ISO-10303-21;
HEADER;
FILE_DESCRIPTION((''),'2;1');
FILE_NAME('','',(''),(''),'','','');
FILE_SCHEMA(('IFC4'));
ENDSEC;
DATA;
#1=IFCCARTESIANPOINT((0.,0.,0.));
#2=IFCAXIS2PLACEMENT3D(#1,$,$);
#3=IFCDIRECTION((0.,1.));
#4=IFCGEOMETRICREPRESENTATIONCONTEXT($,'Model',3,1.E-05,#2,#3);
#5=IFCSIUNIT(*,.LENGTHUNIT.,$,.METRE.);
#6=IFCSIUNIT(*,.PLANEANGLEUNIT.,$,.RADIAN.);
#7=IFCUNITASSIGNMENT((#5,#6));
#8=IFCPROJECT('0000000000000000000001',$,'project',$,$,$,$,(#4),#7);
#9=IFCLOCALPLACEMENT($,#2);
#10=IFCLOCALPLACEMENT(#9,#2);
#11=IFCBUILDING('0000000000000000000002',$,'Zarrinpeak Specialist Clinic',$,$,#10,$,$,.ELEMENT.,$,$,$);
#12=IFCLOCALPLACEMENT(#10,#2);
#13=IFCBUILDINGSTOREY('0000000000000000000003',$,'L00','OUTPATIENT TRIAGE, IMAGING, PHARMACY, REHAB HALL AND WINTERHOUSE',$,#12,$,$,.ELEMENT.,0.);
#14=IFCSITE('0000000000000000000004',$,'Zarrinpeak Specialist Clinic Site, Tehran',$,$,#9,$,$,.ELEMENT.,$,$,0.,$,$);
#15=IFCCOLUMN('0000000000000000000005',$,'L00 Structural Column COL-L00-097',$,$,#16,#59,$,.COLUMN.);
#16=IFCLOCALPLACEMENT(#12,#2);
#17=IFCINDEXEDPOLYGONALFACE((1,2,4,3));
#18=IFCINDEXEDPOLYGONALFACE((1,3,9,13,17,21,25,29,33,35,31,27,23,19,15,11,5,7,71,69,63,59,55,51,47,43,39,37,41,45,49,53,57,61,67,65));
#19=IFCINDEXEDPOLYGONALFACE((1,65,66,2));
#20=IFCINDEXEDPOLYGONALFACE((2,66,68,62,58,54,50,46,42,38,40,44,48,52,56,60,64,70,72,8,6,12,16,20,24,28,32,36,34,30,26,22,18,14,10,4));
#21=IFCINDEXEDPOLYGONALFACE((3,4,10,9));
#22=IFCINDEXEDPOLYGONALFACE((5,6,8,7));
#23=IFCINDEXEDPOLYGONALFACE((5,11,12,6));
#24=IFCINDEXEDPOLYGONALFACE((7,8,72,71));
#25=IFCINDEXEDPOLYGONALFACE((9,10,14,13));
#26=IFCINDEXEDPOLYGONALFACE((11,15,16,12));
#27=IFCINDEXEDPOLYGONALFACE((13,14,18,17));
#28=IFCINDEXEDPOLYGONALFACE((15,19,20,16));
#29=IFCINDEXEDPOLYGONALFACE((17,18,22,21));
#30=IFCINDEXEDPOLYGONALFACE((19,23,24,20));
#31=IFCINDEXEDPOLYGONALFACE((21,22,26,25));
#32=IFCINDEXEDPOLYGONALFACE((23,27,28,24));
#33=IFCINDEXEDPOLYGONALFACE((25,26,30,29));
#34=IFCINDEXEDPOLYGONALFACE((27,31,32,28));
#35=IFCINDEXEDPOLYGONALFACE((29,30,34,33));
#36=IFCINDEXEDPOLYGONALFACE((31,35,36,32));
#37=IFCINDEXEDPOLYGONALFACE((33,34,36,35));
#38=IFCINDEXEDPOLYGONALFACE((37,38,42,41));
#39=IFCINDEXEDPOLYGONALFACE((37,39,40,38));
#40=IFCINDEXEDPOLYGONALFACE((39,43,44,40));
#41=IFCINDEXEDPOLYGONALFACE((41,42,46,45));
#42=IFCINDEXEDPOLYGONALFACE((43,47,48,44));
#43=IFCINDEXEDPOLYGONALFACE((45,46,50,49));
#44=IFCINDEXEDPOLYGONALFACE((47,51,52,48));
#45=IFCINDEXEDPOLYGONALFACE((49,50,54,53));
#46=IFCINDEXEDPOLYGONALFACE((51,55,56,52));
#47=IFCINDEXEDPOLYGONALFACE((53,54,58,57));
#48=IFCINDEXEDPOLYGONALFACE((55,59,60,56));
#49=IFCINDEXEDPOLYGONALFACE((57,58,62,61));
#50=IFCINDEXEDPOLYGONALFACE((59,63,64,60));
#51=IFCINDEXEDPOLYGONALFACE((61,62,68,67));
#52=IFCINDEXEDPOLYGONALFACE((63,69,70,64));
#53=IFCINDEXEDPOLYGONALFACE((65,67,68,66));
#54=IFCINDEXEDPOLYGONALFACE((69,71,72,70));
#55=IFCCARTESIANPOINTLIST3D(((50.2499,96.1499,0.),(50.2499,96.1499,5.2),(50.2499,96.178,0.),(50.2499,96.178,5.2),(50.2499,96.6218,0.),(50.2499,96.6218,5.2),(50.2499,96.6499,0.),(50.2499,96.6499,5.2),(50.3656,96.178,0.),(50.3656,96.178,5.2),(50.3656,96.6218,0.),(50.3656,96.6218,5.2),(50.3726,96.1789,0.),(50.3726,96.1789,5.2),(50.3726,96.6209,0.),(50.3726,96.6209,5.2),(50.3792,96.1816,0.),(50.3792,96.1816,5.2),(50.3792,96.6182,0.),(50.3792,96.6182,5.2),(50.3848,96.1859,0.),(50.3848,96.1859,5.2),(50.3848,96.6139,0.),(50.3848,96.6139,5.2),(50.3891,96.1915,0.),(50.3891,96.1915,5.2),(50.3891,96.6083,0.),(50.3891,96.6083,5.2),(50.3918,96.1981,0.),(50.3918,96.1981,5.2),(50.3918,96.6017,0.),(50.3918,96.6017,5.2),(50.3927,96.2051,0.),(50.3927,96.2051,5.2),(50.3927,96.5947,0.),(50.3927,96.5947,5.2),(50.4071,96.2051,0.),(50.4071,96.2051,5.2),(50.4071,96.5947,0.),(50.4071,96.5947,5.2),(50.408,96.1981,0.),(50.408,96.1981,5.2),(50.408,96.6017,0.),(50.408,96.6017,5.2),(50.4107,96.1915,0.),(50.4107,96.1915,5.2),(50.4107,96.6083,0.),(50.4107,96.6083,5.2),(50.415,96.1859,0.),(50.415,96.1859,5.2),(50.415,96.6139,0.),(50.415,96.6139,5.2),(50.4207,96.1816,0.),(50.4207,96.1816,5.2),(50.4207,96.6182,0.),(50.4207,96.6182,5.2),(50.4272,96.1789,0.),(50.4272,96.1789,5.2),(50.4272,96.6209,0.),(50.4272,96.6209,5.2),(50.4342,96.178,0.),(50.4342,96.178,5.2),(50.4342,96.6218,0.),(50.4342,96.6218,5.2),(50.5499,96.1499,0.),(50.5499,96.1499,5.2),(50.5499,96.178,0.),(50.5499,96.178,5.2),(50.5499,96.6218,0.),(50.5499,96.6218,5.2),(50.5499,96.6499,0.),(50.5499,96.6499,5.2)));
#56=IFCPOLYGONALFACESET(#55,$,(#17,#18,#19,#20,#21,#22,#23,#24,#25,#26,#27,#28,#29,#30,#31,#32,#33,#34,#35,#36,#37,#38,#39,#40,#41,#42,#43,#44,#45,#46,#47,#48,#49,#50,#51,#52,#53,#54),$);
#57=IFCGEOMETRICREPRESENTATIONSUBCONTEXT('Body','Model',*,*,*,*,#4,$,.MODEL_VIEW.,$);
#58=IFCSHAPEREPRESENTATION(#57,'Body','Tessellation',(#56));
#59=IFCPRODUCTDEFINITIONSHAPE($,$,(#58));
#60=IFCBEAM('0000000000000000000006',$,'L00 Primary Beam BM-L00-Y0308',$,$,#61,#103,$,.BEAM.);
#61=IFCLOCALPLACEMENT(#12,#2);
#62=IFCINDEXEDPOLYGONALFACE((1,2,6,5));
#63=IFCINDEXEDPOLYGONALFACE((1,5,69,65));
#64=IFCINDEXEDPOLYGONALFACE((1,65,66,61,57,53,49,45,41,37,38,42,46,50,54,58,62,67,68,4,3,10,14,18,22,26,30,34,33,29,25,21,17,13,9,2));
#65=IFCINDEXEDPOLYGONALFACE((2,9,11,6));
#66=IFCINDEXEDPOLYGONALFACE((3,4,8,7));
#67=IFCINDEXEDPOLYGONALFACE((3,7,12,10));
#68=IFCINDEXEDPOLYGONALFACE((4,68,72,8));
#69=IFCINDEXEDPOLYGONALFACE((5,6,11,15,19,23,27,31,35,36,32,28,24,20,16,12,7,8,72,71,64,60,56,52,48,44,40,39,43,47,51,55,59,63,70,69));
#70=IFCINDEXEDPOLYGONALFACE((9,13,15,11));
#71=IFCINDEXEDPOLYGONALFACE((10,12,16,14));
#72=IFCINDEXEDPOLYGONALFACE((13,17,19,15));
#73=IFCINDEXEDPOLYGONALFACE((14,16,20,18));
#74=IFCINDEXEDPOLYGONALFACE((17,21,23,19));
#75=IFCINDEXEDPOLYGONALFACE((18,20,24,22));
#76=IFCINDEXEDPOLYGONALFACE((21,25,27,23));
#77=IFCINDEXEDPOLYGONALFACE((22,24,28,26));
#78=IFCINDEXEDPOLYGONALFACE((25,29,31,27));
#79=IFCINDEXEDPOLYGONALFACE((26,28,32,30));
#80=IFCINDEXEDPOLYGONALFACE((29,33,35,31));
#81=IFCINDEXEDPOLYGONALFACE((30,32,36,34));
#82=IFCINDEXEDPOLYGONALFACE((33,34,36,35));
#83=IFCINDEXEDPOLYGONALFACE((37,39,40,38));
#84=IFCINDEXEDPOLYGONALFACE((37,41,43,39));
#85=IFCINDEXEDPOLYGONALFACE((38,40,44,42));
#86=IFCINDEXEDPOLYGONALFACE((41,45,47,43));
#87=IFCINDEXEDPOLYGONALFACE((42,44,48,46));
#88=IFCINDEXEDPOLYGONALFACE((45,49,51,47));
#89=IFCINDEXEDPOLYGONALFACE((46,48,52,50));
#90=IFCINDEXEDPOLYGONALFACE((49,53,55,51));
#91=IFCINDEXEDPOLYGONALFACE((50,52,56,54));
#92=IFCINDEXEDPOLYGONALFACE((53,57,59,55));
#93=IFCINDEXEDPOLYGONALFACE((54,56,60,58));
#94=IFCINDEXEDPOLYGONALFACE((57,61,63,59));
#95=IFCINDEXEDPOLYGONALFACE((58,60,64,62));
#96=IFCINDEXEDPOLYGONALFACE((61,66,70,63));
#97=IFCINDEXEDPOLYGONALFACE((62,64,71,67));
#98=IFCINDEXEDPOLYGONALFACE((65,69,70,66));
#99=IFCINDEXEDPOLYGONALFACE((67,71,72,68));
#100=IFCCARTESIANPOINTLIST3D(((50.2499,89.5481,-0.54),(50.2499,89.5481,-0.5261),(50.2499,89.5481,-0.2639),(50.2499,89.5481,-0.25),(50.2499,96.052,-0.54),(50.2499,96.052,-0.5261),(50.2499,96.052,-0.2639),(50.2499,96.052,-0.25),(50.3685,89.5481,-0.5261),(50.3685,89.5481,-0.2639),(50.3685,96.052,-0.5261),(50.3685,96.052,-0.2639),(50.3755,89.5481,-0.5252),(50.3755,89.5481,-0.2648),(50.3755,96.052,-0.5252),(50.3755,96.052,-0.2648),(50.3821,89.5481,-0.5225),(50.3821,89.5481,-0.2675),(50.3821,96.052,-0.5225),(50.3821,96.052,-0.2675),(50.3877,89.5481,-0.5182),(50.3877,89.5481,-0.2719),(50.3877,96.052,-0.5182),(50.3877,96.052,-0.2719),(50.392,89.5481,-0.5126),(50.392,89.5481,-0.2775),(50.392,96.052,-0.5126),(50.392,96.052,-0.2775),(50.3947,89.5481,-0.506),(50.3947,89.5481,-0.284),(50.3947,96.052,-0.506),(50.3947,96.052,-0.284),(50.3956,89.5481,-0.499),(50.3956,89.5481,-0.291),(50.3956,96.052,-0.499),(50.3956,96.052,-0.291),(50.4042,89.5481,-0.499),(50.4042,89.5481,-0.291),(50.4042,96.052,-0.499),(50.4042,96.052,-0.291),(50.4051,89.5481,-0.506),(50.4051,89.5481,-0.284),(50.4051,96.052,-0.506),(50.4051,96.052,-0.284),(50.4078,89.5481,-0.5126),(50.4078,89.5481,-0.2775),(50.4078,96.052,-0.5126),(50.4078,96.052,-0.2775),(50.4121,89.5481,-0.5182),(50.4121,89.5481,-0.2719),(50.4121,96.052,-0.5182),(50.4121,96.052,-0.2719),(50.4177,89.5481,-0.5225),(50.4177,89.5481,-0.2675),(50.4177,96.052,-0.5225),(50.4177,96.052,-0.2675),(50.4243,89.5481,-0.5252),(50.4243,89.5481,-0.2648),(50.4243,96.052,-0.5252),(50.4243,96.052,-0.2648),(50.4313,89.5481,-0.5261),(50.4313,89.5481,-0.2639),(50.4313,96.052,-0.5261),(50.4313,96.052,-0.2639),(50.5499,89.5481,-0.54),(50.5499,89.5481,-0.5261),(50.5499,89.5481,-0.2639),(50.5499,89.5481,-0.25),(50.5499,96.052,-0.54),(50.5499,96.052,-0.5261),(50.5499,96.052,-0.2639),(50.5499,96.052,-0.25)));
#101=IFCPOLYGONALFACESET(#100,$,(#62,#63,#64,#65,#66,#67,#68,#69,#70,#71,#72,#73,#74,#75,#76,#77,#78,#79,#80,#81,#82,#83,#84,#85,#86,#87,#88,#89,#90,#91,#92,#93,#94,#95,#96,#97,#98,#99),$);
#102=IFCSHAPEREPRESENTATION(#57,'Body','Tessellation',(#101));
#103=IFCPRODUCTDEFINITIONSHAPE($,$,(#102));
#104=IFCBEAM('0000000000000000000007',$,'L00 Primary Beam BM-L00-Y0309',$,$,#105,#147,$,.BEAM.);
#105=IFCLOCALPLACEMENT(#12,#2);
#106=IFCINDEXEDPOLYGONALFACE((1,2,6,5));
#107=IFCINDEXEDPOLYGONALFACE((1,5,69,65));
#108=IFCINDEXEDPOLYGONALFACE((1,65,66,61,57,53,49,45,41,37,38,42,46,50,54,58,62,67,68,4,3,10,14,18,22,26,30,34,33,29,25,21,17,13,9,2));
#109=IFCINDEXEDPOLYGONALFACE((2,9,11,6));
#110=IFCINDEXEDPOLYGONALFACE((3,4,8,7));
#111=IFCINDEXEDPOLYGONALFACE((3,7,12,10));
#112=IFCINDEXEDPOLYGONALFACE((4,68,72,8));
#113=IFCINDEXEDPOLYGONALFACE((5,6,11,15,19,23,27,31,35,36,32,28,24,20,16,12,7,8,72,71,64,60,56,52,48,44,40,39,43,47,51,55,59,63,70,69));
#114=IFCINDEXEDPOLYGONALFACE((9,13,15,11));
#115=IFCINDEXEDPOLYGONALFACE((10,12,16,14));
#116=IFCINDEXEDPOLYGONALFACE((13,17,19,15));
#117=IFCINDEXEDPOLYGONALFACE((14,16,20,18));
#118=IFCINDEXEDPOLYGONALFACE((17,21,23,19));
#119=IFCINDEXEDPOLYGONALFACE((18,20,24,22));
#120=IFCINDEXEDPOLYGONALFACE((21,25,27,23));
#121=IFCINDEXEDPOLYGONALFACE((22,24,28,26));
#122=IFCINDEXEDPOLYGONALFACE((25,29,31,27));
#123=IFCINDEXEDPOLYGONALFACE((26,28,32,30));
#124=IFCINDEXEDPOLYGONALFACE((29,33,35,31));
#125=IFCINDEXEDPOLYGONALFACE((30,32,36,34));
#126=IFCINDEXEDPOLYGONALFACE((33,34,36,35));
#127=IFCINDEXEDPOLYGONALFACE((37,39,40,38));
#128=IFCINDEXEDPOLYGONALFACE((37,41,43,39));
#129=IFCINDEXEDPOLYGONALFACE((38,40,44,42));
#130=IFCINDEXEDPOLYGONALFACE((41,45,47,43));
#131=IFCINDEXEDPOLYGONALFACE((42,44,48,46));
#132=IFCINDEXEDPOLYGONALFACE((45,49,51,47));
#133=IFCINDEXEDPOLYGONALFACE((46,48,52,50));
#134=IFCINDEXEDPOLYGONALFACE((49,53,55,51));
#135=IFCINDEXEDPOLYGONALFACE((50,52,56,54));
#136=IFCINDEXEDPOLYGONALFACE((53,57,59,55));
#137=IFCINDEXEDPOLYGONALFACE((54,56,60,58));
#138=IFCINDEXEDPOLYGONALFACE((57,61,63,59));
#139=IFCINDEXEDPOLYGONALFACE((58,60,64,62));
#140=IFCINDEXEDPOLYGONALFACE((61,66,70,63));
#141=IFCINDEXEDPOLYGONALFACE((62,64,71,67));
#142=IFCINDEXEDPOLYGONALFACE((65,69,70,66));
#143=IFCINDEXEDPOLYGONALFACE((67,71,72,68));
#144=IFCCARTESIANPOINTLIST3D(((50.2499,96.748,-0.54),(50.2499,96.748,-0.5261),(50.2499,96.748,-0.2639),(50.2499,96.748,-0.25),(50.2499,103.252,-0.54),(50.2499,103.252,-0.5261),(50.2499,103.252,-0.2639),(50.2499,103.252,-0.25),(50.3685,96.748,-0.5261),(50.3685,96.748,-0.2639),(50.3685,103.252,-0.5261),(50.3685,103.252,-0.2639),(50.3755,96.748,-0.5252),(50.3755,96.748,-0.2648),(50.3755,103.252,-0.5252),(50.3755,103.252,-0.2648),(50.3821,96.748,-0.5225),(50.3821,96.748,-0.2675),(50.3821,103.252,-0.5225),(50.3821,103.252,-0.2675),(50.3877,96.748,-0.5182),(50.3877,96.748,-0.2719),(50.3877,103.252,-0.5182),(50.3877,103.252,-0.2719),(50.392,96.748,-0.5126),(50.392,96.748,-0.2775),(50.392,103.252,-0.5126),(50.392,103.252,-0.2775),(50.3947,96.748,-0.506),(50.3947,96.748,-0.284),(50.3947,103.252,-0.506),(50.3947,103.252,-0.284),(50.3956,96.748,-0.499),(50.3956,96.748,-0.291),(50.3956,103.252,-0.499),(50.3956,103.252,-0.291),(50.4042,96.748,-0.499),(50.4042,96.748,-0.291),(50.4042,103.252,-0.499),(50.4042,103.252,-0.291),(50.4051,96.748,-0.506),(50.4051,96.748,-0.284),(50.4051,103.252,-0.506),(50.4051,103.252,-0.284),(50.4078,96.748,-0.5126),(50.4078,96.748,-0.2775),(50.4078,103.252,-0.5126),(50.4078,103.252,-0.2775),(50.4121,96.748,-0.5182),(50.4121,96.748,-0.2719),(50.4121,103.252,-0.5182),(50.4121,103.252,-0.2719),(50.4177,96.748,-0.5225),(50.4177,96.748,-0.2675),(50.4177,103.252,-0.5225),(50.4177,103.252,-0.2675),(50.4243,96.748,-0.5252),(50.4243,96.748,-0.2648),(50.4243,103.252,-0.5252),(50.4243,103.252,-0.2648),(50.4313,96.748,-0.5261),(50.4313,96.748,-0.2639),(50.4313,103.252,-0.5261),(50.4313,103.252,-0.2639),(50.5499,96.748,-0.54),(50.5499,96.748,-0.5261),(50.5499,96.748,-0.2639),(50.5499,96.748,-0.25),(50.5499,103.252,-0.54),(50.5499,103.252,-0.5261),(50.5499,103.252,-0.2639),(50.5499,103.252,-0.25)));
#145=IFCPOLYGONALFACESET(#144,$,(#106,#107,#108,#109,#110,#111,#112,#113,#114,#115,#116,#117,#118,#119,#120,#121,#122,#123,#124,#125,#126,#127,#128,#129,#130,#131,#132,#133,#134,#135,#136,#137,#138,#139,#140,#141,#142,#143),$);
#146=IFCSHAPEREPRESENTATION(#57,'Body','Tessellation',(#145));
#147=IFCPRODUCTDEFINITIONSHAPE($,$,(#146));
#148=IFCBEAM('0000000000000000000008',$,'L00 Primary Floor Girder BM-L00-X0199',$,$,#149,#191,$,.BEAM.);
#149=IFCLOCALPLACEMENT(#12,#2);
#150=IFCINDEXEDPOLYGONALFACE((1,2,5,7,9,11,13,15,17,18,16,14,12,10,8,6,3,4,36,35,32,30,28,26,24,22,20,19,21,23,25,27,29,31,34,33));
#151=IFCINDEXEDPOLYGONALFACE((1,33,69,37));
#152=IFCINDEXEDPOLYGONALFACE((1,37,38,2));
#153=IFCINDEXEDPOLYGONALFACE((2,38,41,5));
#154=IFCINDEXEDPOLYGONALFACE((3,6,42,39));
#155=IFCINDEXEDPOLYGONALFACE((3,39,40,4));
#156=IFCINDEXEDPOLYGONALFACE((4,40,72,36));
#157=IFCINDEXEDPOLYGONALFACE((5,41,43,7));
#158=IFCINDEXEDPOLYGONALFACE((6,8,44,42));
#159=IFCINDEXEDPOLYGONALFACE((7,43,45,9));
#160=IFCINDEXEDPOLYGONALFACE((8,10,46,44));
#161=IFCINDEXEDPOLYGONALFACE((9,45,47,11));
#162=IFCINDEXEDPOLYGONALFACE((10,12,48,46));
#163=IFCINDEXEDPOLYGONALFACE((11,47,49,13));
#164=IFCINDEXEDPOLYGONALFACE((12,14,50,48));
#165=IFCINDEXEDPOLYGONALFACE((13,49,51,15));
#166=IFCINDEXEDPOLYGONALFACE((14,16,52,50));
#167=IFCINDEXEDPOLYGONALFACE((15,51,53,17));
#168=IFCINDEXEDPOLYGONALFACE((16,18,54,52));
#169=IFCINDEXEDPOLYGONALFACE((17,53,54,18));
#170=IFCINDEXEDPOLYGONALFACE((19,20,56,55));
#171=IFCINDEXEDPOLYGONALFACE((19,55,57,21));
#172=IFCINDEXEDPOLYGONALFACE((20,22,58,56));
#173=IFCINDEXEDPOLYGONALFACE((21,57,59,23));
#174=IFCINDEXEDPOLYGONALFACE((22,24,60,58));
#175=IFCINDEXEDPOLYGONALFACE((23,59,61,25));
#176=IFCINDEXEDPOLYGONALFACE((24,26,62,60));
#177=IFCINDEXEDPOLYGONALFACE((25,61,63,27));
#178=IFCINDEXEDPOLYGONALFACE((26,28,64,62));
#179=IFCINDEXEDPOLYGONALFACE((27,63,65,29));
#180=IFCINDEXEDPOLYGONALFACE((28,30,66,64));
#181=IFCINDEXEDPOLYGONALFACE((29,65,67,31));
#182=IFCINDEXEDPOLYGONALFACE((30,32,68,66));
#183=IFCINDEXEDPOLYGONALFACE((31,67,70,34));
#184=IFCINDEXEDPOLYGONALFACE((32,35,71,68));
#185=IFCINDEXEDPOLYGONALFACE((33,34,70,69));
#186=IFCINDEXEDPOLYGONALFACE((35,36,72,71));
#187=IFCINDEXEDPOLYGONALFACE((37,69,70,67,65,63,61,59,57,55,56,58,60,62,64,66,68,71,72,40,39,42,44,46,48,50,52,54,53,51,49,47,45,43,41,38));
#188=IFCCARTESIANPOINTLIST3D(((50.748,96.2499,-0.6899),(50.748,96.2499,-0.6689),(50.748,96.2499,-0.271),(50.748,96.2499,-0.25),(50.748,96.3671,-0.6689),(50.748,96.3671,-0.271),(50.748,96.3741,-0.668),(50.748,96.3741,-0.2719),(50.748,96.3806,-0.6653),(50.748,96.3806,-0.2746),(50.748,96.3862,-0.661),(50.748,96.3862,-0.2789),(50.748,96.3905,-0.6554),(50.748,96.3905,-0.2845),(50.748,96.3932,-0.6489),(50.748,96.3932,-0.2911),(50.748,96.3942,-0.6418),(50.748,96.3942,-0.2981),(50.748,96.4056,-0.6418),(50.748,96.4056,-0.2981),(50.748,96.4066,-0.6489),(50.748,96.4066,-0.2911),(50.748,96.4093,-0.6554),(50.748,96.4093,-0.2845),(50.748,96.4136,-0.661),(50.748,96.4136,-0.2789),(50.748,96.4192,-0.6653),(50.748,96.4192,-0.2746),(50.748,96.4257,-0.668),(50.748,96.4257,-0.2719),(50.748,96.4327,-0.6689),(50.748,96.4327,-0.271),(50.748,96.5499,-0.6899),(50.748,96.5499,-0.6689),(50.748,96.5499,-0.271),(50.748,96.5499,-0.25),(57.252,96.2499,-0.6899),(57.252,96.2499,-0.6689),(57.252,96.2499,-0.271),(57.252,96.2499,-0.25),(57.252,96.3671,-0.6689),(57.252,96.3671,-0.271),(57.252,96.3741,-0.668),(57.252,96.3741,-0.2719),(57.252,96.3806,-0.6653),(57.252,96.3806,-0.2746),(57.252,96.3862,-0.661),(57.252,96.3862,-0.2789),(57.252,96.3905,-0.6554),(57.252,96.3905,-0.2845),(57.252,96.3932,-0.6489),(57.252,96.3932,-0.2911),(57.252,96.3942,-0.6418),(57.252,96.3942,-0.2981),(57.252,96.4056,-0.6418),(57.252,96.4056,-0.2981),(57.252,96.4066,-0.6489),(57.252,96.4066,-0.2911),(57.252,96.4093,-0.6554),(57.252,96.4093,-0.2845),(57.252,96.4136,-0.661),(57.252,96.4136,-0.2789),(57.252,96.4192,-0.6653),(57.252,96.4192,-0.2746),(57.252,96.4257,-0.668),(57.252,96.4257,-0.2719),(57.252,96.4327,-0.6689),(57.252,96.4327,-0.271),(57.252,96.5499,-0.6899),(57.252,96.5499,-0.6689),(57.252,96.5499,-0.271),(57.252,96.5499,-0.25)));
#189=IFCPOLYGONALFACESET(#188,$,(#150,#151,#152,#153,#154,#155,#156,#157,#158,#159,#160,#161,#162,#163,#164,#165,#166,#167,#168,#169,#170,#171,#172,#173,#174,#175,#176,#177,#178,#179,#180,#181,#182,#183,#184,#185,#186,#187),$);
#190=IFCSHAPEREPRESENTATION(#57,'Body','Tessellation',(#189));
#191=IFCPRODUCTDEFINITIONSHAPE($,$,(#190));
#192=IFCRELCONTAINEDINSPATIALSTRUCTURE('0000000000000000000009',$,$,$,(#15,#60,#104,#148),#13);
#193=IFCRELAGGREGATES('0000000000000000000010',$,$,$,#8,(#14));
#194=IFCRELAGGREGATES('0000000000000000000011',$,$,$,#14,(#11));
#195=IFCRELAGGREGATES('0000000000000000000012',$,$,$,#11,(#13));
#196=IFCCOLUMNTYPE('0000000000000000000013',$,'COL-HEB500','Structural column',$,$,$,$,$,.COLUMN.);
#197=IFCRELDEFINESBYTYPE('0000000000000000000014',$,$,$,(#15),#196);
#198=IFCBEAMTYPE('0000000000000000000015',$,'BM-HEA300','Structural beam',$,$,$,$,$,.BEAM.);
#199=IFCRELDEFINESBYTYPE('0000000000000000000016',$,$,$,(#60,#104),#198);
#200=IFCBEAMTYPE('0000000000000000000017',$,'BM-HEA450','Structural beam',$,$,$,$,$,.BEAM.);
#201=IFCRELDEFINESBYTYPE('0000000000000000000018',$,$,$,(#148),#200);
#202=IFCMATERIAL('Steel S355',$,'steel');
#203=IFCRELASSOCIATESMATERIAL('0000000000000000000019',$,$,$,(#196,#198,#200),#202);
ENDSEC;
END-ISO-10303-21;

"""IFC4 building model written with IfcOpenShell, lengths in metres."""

from ifc_helpers import new_model, si_unit, direction, frame, origin, origin_2d, place, context, subcontext, project, spatial, i_section, extrude, material, material_profile, profile_set, type_object, element, save


model = new_model("IFC4")

# Units and contexts
model_context = context("Model", 3, precision=1e-05, world=origin(), true_north=direction((0.0, 1.0)))
body_context = subcontext(model_context, "Body", "Model", "MODEL_VIEW")
ifc_project = project(units=[si_unit("LENGTHUNIT", "METRE"), si_unit("PLANEANGLEUNIT", "RADIAN")], contexts=[model_context])

# Site, building, storey
site_placement = place(None, origin())
site = spatial("IfcSite", under=ifc_project, at=site_placement, Name="Zarrinpeak Specialist Clinic Site, Tehran", CompositionType="ELEMENT", RefElevation=0.0)
building_placement = place(site_placement, origin())
building = spatial("IfcBuilding", under=site, at=building_placement, Name="Zarrinpeak Specialist Clinic", CompositionType="ELEMENT")
storey_placement = place(building_placement, origin())
storey = spatial("IfcBuildingStorey", under=building, at=storey_placement, Name="L00", Description="OUTPATIENT TRIAGE, IMAGING, PHARMACY, REHAB HALL AND WINTERHOUSE", CompositionType="ELEMENT", Elevation=0.0)

# Column
ifc_material_1 = material(Name="Steel S355", Category="steel")
ifc_material_profile_1 = material_profile(ifc_material_1, i_section(OverallWidth=0.3, OverallDepth=0.5, WebThickness=0.0144, FlangeThickness=0.0281, FilletRadius=0.0271, at=origin_2d()), Name="HEB 500")
ifc_profile_set_1 = profile_set([ifc_material_profile_1], Name="Steel S355")
column_type = type_object("IfcColumnType", Name="COL-HEB500", Description="Structural column", PredefinedType="COLUMN", material=ifc_profile_set_1)
column_placement = place(storey_placement, frame((50.3999, 96.3999, 0.0), z_axis=(0.0, 0.0, 1.0), x_axis=(1.0, 0.0, 0.0)))
element("IfcColumn", 1, at=column_placement, inside=storey, type_object=column_type, Name="L00 Structural Column COL-L00-097", PredefinedType="COLUMN", context=body_context, shape_type="SweptSolid", body=[
    extrude(i_section(OverallWidth=0.3, OverallDepth=0.5, WebThickness=0.0144, FlangeThickness=0.0281, FilletRadius=0.0271, at=origin_2d()), origin(), (0.0, 0.0, 1.0), 5.2),
])

# Beams
ifc_material_profile_2 = material_profile(ifc_material_1, i_section(OverallWidth=0.3, OverallDepth=0.29, WebThickness=0.0085, FlangeThickness=0.0139, FilletRadius=0.0271, at=origin_2d()), Name="HEA 300")
ifc_profile_set_2 = profile_set([ifc_material_profile_2], Name="Steel S355")
beam_type_1 = type_object("IfcBeamType", Name="BM-HEA300", Description="Structural beam", PredefinedType="BEAM", material=ifc_profile_set_2)
for number, where, z_axis, x_axis, name in (
    (2, (50.3999, 89.5481, -0.395), (0.0, 1.0, 0.0), (-1.0, 0.0, 0.0), "L00 Primary Beam BM-L00-Y0308"),
    (3, (50.3999, 96.748, -0.395), (0.0, 1.0, 0.0), (-1.0, 0.0, 0.0), "L00 Primary Beam BM-L00-Y0309"),
):
    element("IfcBeam", number, at=place(storey_placement, frame(where, z_axis=z_axis, x_axis=x_axis)), inside=storey, type_object=beam_type_1, Name=name, PredefinedType="BEAM", context=body_context, shape_type="SweptSolid", body=[
        extrude(i_section(OverallWidth=0.3, OverallDepth=0.29, WebThickness=0.0085, FlangeThickness=0.0139, FilletRadius=0.0271, at=origin_2d()), origin(), (0.0, 0.0, 1.0), 6.5039),
    ])
ifc_material_profile_3 = material_profile(ifc_material_1, i_section(OverallWidth=0.3, OverallDepth=0.4399, WebThickness=0.0115, FlangeThickness=0.021, FilletRadius=0.0271, at=origin_2d()), Name="HEA 450")
ifc_profile_set_3 = profile_set([ifc_material_profile_3], Name="Steel S355")
beam_type_2 = type_object("IfcBeamType", Name="BM-HEA450", Description="Structural beam", PredefinedType="BEAM", material=ifc_profile_set_3)
beam_placement = place(storey_placement, frame((50.748, 96.3999, -0.47), z_axis=(1.0, 0.0, 0.0), x_axis=(0.0, 1.0, 0.0)))
element("IfcBeam", 4, at=beam_placement, inside=storey, type_object=beam_type_2, Name="L00 Primary Floor Girder BM-L00-X0199", PredefinedType="BEAM", context=body_context, shape_type="SweptSolid", body=[
    extrude(i_section(OverallWidth=0.3, OverallDepth=0.4399, WebThickness=0.0115, FlangeThickness=0.021, FilletRadius=0.0271, at=origin_2d()), origin(), (0.0, 0.0, 1.0), 6.5039),
])

save(model, "model.ifc")
